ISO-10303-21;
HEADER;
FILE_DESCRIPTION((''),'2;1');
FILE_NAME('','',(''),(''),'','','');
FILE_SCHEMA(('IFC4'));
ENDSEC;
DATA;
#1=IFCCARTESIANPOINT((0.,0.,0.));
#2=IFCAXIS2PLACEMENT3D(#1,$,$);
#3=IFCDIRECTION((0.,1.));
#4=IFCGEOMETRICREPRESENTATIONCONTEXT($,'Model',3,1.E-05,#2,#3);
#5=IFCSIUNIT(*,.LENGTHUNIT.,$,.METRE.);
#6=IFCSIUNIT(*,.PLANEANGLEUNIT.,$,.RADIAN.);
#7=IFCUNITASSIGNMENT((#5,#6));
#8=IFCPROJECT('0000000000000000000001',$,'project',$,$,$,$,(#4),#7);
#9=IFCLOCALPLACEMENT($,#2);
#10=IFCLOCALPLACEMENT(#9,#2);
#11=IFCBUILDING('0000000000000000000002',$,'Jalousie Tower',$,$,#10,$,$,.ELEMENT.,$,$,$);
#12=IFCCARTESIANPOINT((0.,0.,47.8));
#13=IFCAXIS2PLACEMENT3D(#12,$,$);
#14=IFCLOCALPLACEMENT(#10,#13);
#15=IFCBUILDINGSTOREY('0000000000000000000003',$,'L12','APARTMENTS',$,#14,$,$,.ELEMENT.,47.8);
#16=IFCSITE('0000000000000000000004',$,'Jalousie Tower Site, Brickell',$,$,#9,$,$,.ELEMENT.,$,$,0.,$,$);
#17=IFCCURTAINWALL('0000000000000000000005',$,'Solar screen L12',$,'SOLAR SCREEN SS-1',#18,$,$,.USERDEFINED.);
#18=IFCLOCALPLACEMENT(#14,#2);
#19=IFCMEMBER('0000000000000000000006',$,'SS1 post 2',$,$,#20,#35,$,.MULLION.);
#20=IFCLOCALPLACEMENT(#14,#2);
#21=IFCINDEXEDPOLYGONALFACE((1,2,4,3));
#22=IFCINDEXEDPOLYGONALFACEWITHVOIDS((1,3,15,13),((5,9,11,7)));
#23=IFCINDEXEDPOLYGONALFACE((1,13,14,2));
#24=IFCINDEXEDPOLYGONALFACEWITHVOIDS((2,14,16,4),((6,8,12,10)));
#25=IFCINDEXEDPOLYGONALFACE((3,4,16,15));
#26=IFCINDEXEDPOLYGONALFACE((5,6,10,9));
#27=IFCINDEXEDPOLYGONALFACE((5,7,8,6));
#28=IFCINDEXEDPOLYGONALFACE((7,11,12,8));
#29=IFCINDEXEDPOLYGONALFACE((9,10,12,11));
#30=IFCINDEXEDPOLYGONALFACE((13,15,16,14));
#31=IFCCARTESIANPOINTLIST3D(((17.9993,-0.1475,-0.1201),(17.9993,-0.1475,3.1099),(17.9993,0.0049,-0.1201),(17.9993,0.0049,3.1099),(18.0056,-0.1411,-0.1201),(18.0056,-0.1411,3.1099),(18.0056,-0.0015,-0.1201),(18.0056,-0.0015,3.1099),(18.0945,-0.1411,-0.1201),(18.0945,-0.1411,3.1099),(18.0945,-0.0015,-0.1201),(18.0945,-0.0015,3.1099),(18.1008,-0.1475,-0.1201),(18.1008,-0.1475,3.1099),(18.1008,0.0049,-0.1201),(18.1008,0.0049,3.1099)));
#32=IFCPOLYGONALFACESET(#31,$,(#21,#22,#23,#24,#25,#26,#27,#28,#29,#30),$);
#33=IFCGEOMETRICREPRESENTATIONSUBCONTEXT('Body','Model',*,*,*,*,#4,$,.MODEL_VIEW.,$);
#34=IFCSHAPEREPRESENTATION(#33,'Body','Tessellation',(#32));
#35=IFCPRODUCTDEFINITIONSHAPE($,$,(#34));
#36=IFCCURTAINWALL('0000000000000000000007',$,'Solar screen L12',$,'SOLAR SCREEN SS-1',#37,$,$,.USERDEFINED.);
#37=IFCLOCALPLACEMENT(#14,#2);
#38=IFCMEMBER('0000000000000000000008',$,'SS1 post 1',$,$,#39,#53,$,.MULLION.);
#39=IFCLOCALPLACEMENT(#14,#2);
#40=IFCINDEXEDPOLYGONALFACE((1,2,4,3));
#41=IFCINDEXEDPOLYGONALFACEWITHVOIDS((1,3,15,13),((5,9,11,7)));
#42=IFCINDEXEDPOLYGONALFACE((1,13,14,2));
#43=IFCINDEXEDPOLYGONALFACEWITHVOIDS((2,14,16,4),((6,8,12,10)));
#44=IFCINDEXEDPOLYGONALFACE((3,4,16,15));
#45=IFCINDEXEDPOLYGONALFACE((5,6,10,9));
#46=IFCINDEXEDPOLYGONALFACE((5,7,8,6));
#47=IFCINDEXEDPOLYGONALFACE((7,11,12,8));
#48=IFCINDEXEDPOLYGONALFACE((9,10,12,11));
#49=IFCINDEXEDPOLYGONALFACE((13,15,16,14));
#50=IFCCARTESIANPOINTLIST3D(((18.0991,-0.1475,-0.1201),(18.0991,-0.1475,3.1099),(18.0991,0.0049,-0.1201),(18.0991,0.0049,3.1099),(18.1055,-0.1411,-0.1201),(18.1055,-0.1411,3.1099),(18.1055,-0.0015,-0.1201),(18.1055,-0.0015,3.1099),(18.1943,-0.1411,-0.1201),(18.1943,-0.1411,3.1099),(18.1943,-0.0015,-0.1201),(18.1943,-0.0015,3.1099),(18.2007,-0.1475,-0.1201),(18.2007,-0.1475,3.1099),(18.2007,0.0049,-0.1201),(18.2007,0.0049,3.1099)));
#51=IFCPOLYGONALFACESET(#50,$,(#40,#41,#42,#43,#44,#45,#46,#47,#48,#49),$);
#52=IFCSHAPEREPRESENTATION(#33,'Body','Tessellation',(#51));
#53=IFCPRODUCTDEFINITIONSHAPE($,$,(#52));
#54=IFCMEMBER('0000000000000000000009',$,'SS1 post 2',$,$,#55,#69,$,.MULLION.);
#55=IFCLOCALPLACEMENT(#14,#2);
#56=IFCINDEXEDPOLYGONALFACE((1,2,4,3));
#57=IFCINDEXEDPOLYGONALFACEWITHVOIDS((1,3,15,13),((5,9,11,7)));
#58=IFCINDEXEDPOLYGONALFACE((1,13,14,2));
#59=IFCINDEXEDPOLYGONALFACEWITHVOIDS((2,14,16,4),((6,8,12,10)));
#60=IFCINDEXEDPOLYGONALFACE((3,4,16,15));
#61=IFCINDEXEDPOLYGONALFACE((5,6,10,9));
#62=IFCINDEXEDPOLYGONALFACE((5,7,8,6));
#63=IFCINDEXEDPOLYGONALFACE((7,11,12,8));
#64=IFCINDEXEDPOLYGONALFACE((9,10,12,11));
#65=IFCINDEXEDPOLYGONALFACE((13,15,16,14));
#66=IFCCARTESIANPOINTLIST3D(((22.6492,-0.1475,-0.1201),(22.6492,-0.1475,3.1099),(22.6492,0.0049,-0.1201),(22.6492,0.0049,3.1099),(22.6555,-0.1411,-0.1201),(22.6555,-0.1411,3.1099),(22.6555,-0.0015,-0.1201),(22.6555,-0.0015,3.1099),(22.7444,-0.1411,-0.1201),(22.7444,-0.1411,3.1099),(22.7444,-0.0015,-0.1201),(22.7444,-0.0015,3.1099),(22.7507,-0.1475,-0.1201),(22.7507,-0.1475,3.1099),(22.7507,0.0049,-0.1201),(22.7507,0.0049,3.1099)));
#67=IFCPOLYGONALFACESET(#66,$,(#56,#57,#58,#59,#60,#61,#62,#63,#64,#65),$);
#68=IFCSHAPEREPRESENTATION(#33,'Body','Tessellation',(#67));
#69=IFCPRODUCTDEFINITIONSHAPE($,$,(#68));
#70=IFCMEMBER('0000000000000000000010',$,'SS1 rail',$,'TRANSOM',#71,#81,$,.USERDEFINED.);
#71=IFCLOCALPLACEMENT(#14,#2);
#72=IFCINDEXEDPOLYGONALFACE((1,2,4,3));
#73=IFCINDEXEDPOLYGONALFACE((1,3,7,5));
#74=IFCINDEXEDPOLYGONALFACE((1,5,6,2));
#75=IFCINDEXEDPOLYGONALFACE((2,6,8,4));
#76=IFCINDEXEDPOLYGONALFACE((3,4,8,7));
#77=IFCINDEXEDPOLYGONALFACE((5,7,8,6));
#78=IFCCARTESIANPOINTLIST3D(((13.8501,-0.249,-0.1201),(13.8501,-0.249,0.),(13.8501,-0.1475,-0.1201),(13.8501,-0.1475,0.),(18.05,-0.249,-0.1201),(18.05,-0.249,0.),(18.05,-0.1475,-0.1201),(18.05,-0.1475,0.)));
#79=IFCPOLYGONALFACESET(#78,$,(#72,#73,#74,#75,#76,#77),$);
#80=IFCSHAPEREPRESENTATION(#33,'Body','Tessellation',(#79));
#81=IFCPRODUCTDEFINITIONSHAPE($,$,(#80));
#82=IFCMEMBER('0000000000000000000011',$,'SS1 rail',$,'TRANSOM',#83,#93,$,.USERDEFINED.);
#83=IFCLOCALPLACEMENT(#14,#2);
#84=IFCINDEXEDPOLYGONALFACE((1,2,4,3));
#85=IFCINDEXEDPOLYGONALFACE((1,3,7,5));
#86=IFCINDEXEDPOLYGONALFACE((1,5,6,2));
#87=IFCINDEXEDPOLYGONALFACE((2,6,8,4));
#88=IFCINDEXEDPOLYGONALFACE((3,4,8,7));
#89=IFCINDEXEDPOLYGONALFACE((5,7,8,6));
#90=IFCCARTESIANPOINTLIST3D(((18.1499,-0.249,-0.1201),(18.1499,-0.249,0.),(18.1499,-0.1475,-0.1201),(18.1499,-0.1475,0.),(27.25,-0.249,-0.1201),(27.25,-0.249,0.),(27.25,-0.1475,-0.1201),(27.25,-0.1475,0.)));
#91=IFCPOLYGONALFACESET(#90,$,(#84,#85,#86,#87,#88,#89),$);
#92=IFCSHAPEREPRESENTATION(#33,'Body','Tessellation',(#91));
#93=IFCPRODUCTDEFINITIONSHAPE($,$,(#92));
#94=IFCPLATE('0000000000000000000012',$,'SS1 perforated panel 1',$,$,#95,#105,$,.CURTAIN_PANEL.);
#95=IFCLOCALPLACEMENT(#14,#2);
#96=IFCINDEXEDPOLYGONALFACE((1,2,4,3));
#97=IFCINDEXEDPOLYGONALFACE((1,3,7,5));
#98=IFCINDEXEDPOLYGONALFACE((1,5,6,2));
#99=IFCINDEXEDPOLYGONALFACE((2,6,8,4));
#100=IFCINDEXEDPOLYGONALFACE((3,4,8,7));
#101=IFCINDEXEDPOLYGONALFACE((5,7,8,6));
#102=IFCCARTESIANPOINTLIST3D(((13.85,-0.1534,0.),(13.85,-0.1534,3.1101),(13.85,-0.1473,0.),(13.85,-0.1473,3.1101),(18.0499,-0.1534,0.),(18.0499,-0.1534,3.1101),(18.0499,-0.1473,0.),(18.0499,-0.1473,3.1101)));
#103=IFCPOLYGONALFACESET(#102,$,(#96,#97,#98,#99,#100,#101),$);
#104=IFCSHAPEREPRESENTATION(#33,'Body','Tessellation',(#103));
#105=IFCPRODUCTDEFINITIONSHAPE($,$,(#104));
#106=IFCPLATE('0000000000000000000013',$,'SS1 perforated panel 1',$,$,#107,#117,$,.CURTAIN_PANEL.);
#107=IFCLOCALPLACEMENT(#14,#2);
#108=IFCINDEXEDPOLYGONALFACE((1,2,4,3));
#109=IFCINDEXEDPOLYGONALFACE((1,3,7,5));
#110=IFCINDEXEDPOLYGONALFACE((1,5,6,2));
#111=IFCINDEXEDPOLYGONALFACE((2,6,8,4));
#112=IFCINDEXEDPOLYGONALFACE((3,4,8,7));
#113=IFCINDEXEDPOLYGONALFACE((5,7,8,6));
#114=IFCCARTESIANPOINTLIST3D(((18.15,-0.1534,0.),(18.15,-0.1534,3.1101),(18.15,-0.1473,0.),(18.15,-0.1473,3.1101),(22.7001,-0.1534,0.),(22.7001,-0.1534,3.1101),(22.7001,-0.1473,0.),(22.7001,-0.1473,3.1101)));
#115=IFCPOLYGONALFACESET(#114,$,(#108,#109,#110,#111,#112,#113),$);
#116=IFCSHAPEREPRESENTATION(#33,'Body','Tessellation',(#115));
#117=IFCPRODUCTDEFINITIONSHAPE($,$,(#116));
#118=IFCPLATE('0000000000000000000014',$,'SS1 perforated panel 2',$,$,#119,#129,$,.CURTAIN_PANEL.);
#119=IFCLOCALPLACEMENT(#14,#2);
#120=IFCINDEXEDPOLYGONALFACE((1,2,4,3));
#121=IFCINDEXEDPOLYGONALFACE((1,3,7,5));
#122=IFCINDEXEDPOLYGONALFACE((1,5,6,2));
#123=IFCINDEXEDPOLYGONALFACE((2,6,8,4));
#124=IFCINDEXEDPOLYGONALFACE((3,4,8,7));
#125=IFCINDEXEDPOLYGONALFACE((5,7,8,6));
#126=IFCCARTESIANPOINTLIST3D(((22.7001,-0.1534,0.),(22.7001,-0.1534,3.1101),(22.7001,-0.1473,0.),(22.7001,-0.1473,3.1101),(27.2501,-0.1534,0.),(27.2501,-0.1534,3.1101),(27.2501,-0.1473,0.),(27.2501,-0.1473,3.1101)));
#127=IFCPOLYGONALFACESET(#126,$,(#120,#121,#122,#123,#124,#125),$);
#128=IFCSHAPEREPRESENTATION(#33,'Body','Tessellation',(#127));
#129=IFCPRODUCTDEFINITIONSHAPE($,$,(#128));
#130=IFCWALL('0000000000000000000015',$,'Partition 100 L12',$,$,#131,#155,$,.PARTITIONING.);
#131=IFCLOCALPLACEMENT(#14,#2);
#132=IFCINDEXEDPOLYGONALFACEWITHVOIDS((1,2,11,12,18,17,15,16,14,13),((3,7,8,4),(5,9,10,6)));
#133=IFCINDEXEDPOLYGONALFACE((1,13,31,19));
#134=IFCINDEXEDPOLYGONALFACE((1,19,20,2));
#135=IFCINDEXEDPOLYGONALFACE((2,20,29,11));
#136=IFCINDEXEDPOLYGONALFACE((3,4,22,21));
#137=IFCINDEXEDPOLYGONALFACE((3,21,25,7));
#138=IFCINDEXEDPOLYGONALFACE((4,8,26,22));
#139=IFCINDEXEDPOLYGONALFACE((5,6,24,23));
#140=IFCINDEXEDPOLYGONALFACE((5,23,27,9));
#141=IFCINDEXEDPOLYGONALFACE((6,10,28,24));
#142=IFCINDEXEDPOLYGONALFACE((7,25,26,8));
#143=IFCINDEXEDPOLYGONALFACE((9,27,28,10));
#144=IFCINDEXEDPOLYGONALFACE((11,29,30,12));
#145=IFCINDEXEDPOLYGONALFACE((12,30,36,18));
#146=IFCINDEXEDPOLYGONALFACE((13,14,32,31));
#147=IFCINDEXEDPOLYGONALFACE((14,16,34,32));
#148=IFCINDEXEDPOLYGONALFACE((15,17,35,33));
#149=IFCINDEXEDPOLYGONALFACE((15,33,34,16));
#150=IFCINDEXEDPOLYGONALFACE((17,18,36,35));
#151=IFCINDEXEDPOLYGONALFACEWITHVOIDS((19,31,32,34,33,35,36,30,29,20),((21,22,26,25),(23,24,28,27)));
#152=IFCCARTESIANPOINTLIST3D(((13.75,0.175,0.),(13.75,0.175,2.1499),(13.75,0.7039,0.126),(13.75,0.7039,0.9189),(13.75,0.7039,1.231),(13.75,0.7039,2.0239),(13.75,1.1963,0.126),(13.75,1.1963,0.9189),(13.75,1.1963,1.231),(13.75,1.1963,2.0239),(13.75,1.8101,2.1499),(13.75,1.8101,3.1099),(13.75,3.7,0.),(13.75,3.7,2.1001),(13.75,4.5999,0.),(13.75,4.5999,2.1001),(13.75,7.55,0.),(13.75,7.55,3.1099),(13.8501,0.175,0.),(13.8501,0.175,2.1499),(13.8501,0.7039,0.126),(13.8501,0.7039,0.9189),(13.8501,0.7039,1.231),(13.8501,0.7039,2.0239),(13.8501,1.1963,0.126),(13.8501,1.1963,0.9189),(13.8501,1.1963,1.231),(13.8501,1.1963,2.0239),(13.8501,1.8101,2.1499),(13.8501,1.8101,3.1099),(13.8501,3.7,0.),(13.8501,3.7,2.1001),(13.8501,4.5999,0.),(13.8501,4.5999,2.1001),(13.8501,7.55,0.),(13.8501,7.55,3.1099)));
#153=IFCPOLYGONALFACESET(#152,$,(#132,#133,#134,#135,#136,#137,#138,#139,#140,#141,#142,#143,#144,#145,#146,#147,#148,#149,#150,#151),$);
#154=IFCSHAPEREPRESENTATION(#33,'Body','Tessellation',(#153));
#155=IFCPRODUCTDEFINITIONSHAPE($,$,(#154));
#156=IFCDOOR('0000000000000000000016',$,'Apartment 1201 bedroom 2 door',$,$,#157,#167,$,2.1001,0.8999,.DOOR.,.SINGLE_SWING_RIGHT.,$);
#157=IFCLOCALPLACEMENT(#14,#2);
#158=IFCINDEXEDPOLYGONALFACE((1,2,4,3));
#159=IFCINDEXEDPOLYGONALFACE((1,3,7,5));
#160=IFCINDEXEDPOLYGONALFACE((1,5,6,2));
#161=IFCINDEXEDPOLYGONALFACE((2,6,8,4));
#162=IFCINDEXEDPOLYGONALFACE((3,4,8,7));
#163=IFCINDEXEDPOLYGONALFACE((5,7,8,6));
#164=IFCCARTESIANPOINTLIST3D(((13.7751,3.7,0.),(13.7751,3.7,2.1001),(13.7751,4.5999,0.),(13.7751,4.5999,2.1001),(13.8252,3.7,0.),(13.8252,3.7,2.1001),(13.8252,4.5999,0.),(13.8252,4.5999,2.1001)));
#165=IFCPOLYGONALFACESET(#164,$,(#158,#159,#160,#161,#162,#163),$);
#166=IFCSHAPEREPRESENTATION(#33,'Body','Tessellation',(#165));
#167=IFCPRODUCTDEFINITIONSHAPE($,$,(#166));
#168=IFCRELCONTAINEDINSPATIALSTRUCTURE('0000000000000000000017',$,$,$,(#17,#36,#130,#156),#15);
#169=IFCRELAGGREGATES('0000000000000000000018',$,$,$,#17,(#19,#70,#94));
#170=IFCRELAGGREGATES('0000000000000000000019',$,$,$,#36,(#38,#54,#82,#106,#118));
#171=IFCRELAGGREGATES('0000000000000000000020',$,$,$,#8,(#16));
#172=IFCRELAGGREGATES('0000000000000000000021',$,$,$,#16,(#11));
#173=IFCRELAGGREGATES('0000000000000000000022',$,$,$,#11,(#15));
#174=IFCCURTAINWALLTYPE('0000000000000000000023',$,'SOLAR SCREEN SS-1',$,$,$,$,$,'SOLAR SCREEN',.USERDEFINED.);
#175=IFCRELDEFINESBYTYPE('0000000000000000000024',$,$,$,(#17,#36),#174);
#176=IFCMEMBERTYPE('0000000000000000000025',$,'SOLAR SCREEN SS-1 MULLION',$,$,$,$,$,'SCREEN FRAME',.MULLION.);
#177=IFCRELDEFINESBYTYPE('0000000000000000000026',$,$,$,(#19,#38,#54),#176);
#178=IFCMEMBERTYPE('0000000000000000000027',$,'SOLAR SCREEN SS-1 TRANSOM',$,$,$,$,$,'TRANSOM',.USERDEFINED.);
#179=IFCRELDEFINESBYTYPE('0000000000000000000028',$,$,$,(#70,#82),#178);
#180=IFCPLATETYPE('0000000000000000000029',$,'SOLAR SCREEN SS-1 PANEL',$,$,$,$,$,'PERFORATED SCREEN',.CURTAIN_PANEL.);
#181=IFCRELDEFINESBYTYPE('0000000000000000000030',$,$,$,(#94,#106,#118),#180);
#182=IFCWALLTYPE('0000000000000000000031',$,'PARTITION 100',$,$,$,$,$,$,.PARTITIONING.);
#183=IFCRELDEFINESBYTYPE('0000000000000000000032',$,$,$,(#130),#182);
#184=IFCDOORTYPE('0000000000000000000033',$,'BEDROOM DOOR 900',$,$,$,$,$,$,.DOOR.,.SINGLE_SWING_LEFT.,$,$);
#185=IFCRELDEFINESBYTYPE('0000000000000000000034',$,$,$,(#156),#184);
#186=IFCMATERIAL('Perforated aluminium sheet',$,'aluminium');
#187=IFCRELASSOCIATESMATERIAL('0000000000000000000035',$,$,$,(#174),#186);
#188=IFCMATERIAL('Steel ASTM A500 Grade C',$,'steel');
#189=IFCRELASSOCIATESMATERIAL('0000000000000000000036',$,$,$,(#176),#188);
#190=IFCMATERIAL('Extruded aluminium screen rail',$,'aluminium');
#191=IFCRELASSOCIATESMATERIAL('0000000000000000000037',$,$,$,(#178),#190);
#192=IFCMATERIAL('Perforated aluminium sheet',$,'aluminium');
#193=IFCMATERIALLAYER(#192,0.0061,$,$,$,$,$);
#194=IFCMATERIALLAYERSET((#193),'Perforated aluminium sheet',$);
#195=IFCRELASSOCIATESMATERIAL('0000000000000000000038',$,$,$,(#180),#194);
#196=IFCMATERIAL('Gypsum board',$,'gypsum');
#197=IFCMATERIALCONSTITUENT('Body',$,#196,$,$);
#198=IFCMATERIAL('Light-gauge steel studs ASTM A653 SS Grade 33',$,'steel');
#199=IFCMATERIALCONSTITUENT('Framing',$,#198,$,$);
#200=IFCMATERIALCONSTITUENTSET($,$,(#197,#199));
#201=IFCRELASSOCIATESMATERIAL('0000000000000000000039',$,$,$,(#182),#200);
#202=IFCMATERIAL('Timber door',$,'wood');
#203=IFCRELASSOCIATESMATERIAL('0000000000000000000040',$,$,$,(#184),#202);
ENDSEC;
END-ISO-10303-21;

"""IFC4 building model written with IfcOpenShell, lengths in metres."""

from ifc_helpers import new_model, si_unit, direction, frame, frame_2d, origin, origin_2d, place, context, subcontext, project, spatial, polyline, rectangle, hollow_rectangle, outline, extrude, material, layer, layer_set, constituent, constituent_set, material_profile, profile_set, type_object, element, fill, aggregate, save


model = new_model("IFC4")

# Units and contexts
model_context = context("Model", 3, precision=1e-05, world=origin(), true_north=direction((0.0, 1.0)))
body_context = subcontext(model_context, "Body", "Model", "MODEL_VIEW")
ifc_project = project(units=[si_unit("LENGTHUNIT", "METRE"), si_unit("PLANEANGLEUNIT", "RADIAN")], contexts=[model_context])

# Site, building, storey
site_placement = place(None, origin())
site = spatial("IfcSite", under=ifc_project, at=site_placement, Name="Jalousie Tower Site, Brickell", CompositionType="ELEMENT", RefElevation=0.0)
building_placement = place(site_placement, origin())
building = spatial("IfcBuilding", under=site, at=building_placement, Name="Jalousie Tower", CompositionType="ELEMENT")
storey_placement = place(building_placement, frame((0.0, 0.0, 47.8)))
storey = spatial("IfcBuildingStorey", under=building, at=storey_placement, Name="L12", Description="APARTMENTS", CompositionType="ELEMENT", Elevation=47.8)

# Shared definitions
ifc_material_1 = material(Name="Perforated aluminium sheet", Category="aluminium")
curtain_wall_type = type_object("IfcCurtainWallType", Name="SOLAR SCREEN SS-1", ElementType="SOLAR SCREEN", PredefinedType="USERDEFINED", material=ifc_material_1)
ifc_material_2 = material(Name="Steel ASTM A500 Grade C", Category="steel")
ifc_material_profile_1 = material_profile(ifc_material_2, hollow_rectangle(XDim=0.1016, YDim=0.1523, WallThickness=0.0063, at=origin_2d()), Name="HSS6X4X1/4")
ifc_profile_set_1 = profile_set([ifc_material_profile_1], Name="Steel ASTM A500 Grade C")
member_type_1 = type_object("IfcMemberType", Name="SOLAR SCREEN SS-1 MULLION", ElementType="SCREEN FRAME", PredefinedType="MULLION", material=ifc_profile_set_1)

# Curtain walls, members
curtain_wall_1_placement = place(storey_placement, origin())
curtain_wall_1 = element("IfcCurtainWall", 1, at=curtain_wall_1_placement, inside=storey, type_object=curtain_wall_type, Name="Solar screen L12", ObjectType="SOLAR SCREEN SS-1", PredefinedType="USERDEFINED")
member_1_placement = place(storey_placement, frame((18.05, -0.0713, -0.1201), z_axis=(0.0, 0.0, 1.0), x_axis=(1.0, 0.0, 0.0)))
member_1 = element("IfcMember", 2, at=member_1_placement, type_object=member_type_1, Name="SS1 post 2", PredefinedType="MULLION", context=body_context, shape_type="SweptSolid", body=[
    extrude(hollow_rectangle(XDim=0.1016, YDim=0.1523, WallThickness=0.0063, at=origin_2d()), origin(), (0.0, 0.0, 1.0), 3.23),
])
curtain_wall_2_placement = place(storey_placement, origin())
curtain_wall_2 = element("IfcCurtainWall", 3, at=curtain_wall_2_placement, inside=storey, type_object=curtain_wall_type, Name="Solar screen L12", ObjectType="SOLAR SCREEN SS-1", PredefinedType="USERDEFINED")
member_2_placement = place(storey_placement, frame((18.1499, -0.0713, -0.1201), z_axis=(0.0, 0.0, 1.0), x_axis=(1.0, 0.0, 0.0)))
member_2 = element("IfcMember", 4, at=member_2_placement, type_object=member_type_1, Name="SS1 post 1", PredefinedType="MULLION", context=body_context, shape_type="SweptSolid", body=[
    extrude(hollow_rectangle(XDim=0.1016, YDim=0.1523, WallThickness=0.0063, at=origin_2d()), origin(), (0.0, 0.0, 1.0), 3.23),
])
member_3_placement = place(storey_placement, frame((22.7, -0.0713, -0.1201), z_axis=(0.0, 0.0, 1.0), x_axis=(1.0, 0.0, 0.0)))
member_3 = element("IfcMember", 5, at=member_3_placement, type_object=member_type_1, Name="SS1 post 2", PredefinedType="MULLION", context=body_context, shape_type="SweptSolid", body=[
    extrude(hollow_rectangle(XDim=0.1016, YDim=0.1523, WallThickness=0.0063, at=origin_2d()), origin(), (0.0, 0.0, 1.0), 3.23),
])

# Members
ifc_material_3 = material(Name="Extruded aluminium screen rail", Category="aluminium")
ifc_material_profile_2 = material_profile(ifc_material_3, rectangle(XDim=0.1016, YDim=0.1201, at=origin_2d()), Name="RAIL 102x120")
ifc_profile_set_2 = profile_set([ifc_material_profile_2], Name="Extruded aluminium screen rail")
member_type_2 = type_object("IfcMemberType", Name="SOLAR SCREEN SS-1 TRANSOM", ElementType="TRANSOM", PredefinedType="USERDEFINED", material=ifc_profile_set_2)
member_4_placement = place(storey_placement, frame((13.8501, -0.1982, -0.0601), z_axis=(1.0, 0.0, 0.0), x_axis=(0.0, 1.0, 0.0)))
member_4 = element("IfcMember", 6, at=member_4_placement, type_object=member_type_2, Name="SS1 rail", ObjectType="TRANSOM", PredefinedType="USERDEFINED", context=body_context, shape_type="SweptSolid", body=[
    extrude(rectangle(XDim=0.1016, YDim=0.1201, at=origin_2d()), origin(), (0.0, 0.0, 1.0), 4.2),
])
member_5_placement = place(storey_placement, frame((18.1499, -0.1982, -0.0601), z_axis=(1.0, 0.0, 0.0), x_axis=(0.0, 1.0, 0.0)))
member_5 = element("IfcMember", 7, at=member_5_placement, type_object=member_type_2, Name="SS1 rail", ObjectType="TRANSOM", PredefinedType="USERDEFINED", context=body_context, shape_type="SweptSolid", body=[
    extrude(rectangle(XDim=0.1016, YDim=0.1201, at=origin_2d()), origin(), (0.0, 0.0, 1.0), 9.1001),
])

# Plates
ifc_material_4 = material(Name="Perforated aluminium sheet", Category="aluminium")
ifc_layer_1 = layer(ifc_material_4, 0.0061)
ifc_layer_set_1 = layer_set([ifc_layer_1], Name="Perforated aluminium sheet")
plate_type = type_object("IfcPlateType", Name="SOLAR SCREEN SS-1 PANEL", ElementType="PERFORATED SCREEN", PredefinedType="CURTAIN_PANEL", material=ifc_layer_set_1)
plate_1_placement = place(storey_placement, frame((15.95, -0.1504, 0.0), z_axis=(0.0, 0.0, 1.0), x_axis=(1.0, 0.0, 0.0)))
plate_1 = element("IfcPlate", 8, at=plate_1_placement, type_object=plate_type, Name="SS1 perforated panel 1", PredefinedType="CURTAIN_PANEL", context=body_context, shape_type="SweptSolid", body=[
    extrude(rectangle(XDim=4.2, YDim=0.0061, at=origin_2d()), origin(), (0.0, 0.0, 1.0), 3.1101),
])
aggregate(curtain_wall_1, [member_1, member_4, plate_1])
plate_2_placement = place(storey_placement, frame((20.425, -0.1504, 0.0), z_axis=(0.0, 0.0, 1.0), x_axis=(1.0, 0.0, 0.0)))
plate_2 = element("IfcPlate", 9, at=plate_2_placement, type_object=plate_type, Name="SS1 perforated panel 1", PredefinedType="CURTAIN_PANEL", context=body_context, shape_type="SweptSolid", body=[
    extrude(rectangle(XDim=4.55, YDim=0.0061, at=origin_2d()), origin(), (0.0, 0.0, 1.0), 3.1101),
])
plate_3_placement = place(storey_placement, frame((24.9751, -0.1504, 0.0), z_axis=(0.0, 0.0, 1.0), x_axis=(1.0, 0.0, 0.0)))
plate_3 = element("IfcPlate", 10, at=plate_3_placement, type_object=plate_type, Name="SS1 perforated panel 2", PredefinedType="CURTAIN_PANEL", context=body_context, shape_type="SweptSolid", body=[
    extrude(rectangle(XDim=4.55, YDim=0.0061, at=origin_2d()), origin(), (0.0, 0.0, 1.0), 3.1101),
])
aggregate(curtain_wall_2, [member_2, member_3, member_5, plate_2, plate_3])

# Wall, opening, door
ifc_material_5 = material(Name="Gypsum board", Category="gypsum")
ifc_constituent_1 = constituent(ifc_material_5, Name="Body")
ifc_material_6 = material(Name="Light-gauge steel studs ASTM A653 SS Grade 33", Category="steel")
ifc_constituent_2 = constituent(ifc_material_6, Name="Framing")
ifc_constituent_set = constituent_set(constituents=[ifc_constituent_1, ifc_constituent_2])
wall_type_1 = type_object("IfcWallType", Name="PARTITION 100", PredefinedType="PARTITIONING", material=ifc_constituent_set)
wall_1_placement = place(storey_placement, frame((13.8, 0.175, 0.0), z_axis=(0.0, 0.0, 1.0), x_axis=(0.0, 1.0, 0.0)))
wall_1 = element("IfcWall", 11, at=wall_1_placement, inside=storey, type_object=wall_type_1, Name="Partition 100 L12", PredefinedType="PARTITIONING", context=body_context, shape_type="SweptSolid", body=[
    extrude(outline(polyline([(1.635, 2.1499), (0.0, 2.1499), (0.0, 0.0), (7.375, 0.0), (7.375, 3.1099), (1.635, 3.1099), (1.635, 2.1499)]), holes=[polyline([(1.0212, 0.126), (0.5288, 0.126), (0.5288, 0.9189), (1.0212, 0.9189), (1.0212, 0.126)]), polyline([(1.0212, 1.231), (0.5288, 1.231), (0.5288, 2.0239), (1.0212, 2.0239), (1.0212, 1.231)])]), frame((0.0, 0.05, 0.0), z_axis=(0.0, -1.0, 0.0), x_axis=(1.0, 0.0, 0.0)), (0.0, 0.0, 1.0), 0.1001),
])
opening_1_placement = place(wall_1_placement, frame((3.5249, 0.0, 0.0)))
opening_1 = element("IfcOpeningElement", 12, at=opening_1_placement, cuts=wall_1, PredefinedType="OPENING", context=body_context, shape_type="SweptSolid", body=[
    extrude(rectangle(XDim=0.8999, YDim=2.1001, at=frame_2d((0.45, 1.05))), frame((0.0, 0.0601, 0.0), z_axis=(0.0, -1.0, 0.0), x_axis=(1.0, 0.0, 0.0)), (0.0, 0.0, 1.0), 0.1201),
])
ifc_material_7 = material(Name="Timber door", Category="wood")
door_type_1 = type_object("IfcDoorType", Name="BEDROOM DOOR 900", OperationType="SINGLE_SWING_LEFT", PredefinedType="DOOR", material=ifc_material_7)
door_1_placement = place(opening_1_placement, origin())
door_1 = element("IfcDoor", 13, at=door_1_placement, inside=storey, type_object=door_type_1, Name="Apartment 1201 bedroom 2 door", OperationType="SINGLE_SWING_RIGHT", OverallHeight=2.1001, OverallWidth=0.8999, PredefinedType="DOOR", context=body_context, shape_type="SweptSolid", body=[
    extrude(rectangle(XDim=0.8999, YDim=2.1001, at=frame_2d((0.45, 1.05))), frame((0.0, 0.0249, 0.0), z_axis=(0.0, -1.0, 0.0), x_axis=(1.0, 0.0, 0.0)), (0.0, 0.0, 1.0), 0.05),
])
fill(opening_1, door_1)

save(model, "model.ifc")
